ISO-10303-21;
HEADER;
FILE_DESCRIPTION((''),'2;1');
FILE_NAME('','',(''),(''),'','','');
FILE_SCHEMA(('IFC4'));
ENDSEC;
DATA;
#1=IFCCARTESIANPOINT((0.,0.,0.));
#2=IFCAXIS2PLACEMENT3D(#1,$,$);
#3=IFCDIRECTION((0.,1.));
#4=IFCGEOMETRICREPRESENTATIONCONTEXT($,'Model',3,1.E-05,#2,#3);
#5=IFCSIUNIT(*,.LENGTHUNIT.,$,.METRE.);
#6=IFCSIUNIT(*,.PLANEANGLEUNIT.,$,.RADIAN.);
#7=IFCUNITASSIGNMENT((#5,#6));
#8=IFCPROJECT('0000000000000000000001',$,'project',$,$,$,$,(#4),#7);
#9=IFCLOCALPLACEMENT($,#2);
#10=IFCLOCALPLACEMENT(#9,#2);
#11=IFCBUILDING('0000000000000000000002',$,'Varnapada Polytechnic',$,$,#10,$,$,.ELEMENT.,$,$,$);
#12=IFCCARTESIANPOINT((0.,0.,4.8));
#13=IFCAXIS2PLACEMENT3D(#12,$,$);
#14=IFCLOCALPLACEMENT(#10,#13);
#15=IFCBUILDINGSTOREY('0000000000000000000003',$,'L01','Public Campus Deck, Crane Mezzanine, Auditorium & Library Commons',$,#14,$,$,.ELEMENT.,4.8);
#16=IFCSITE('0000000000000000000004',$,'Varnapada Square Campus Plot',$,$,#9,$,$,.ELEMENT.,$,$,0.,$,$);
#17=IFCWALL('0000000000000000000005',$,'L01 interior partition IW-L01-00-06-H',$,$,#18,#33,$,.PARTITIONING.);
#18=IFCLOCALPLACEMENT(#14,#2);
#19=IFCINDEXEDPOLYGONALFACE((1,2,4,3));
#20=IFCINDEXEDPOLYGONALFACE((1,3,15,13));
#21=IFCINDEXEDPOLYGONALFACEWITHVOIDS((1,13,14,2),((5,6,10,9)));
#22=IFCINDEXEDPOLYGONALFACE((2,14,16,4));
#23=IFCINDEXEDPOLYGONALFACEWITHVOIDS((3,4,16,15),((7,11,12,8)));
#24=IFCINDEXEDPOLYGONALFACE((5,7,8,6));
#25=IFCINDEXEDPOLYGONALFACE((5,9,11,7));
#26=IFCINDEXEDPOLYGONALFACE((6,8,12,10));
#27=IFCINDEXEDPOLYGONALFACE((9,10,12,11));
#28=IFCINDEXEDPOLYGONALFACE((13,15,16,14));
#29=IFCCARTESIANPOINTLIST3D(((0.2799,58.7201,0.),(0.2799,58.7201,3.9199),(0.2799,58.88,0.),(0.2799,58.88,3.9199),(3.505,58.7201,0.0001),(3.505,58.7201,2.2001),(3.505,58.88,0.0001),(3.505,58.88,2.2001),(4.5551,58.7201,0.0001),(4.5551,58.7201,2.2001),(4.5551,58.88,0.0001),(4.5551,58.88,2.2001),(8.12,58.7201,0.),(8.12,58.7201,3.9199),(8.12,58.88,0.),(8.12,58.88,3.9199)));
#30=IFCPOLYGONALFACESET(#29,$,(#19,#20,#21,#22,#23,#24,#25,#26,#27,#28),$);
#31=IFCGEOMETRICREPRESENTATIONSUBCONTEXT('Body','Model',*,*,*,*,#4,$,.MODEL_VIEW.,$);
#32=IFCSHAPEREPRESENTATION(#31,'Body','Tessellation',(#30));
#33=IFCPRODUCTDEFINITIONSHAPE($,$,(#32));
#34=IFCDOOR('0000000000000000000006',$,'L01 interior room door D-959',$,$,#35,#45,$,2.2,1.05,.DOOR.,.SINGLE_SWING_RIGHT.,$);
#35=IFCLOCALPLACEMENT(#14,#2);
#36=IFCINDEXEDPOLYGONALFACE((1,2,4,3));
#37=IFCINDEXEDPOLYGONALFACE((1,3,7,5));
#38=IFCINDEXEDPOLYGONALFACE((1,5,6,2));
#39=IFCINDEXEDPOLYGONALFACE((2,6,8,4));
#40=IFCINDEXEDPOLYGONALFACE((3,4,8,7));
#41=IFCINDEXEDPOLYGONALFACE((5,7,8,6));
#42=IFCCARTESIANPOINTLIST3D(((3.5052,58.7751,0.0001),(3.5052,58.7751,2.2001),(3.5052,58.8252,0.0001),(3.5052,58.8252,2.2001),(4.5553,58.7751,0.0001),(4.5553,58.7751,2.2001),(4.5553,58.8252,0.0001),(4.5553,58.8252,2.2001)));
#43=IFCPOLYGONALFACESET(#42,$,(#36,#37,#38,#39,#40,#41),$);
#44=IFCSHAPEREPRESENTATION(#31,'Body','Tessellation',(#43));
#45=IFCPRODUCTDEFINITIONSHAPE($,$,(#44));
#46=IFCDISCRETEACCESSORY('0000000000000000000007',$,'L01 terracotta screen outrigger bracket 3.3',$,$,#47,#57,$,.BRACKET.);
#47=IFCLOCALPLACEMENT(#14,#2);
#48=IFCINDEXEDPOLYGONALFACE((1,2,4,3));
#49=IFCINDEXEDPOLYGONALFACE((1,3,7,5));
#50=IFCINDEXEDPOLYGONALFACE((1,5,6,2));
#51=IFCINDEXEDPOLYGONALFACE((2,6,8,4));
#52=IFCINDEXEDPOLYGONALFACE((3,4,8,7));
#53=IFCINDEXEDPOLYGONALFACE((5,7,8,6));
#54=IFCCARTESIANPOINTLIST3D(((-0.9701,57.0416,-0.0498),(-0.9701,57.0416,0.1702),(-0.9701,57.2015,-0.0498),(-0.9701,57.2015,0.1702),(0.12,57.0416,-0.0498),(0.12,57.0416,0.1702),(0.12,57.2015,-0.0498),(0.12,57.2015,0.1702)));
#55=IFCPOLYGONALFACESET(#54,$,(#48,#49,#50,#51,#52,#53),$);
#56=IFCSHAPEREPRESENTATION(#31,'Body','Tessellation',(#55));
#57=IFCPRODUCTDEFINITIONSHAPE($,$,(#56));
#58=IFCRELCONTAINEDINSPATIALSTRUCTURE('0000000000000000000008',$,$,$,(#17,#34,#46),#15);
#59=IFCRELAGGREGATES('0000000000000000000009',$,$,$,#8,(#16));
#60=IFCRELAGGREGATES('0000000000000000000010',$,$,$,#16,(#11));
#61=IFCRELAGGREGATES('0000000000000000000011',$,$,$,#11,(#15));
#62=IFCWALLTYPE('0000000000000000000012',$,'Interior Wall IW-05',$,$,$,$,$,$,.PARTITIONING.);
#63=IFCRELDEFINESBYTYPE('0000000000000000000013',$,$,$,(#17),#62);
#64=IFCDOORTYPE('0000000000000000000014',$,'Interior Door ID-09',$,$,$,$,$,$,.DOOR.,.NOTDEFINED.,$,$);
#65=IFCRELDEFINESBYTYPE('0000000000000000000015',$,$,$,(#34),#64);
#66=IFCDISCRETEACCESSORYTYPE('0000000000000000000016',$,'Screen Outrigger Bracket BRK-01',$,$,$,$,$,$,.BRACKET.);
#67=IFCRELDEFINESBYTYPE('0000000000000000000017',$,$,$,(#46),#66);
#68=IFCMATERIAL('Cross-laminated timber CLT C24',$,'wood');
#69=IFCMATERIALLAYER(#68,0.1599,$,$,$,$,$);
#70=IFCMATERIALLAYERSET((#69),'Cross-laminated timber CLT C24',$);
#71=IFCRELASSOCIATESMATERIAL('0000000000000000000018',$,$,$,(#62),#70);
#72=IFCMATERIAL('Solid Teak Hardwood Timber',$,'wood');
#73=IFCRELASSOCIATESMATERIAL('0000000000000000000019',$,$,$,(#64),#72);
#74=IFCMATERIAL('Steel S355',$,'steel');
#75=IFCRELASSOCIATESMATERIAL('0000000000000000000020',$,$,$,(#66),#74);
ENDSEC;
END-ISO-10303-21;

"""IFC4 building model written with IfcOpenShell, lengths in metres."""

from ifc_helpers import new_model, si_unit, direction, frame, frame_2d, origin, origin_2d, place, context, subcontext, project, spatial, rectangle, extrude, material, layer, layer_set, type_object, element, fill, save


model = new_model("IFC4")

# Units and contexts
model_context = context("Model", 3, precision=1e-05, world=origin(), true_north=direction((0.0, 1.0)))
body_context = subcontext(model_context, "Body", "Model", "MODEL_VIEW")
ifc_project = project(units=[si_unit("LENGTHUNIT", "METRE"), si_unit("PLANEANGLEUNIT", "RADIAN")], contexts=[model_context])

# Site, building, storey
site_placement = place(None, origin())
site = spatial("IfcSite", under=ifc_project, at=site_placement, Name="Varnapada Square Campus Plot", CompositionType="ELEMENT", RefElevation=0.0)
building_placement = place(site_placement, origin())
building = spatial("IfcBuilding", under=site, at=building_placement, Name="Varnapada Polytechnic", CompositionType="ELEMENT")
storey_placement = place(building_placement, frame((0.0, 0.0, 4.8)))
storey = spatial("IfcBuildingStorey", under=building, at=storey_placement, Name="L01", Description="Public Campus Deck, Crane Mezzanine, Auditorium & Library Commons", CompositionType="ELEMENT", Elevation=4.8)

# Shared definitions
ifc_material_1 = material(Name="Steel S355", Category="steel")

# Wall, opening, door
ifc_material_2 = material(Name="Cross-laminated timber CLT C24", Category="wood")
ifc_layer_1 = layer(ifc_material_2, 0.1599)
ifc_layer_set_1 = layer_set([ifc_layer_1], Name="Cross-laminated timber CLT C24")
wall_type = type_object("IfcWallType", Name="Interior Wall IW-05", PredefinedType="PARTITIONING", material=ifc_layer_set_1)
wall_placement = place(storey_placement, frame((0.28, 58.8, 0.0), z_axis=(0.0, 0.0, 1.0), x_axis=(1.0, 0.0, 0.0)))
wall = element("IfcWall", 1, at=wall_placement, inside=storey, type_object=wall_type, Name="L01 interior partition IW-L01-00-06-H", PredefinedType="PARTITIONING", context=body_context, shape_type="SweptSolid", body=[
    extrude(rectangle(XDim=7.8401, YDim=0.1599, at=frame_2d((3.9199, 0.0))), origin(), (0.0, 0.0, 1.0), 3.9199),
])
opening_placement = place(wall_placement, frame((3.2251, 0.0, 0.0)))
opening = element("IfcOpeningElement", 2, at=opening_placement, cuts=wall, PredefinedType="OPENING", context=body_context, shape_type="SweptSolid", body=[
    extrude(rectangle(XDim=1.05, YDim=2.2, at=frame_2d((0.5249, 1.1001))), frame((0.0, 0.0898, 0.0), z_axis=(0.0, -1.0, 0.0), x_axis=(1.0, 0.0, 0.0)), (0.0, 0.0, 1.0), 0.1799),
])
ifc_material_3 = material(Name="Solid Teak Hardwood Timber", Category="wood")
door_type = type_object("IfcDoorType", Name="Interior Door ID-09", OperationType="NOTDEFINED", PredefinedType="DOOR", material=ifc_material_3)
door_placement = place(opening_placement, frame((1.05, 0.0, 0.0), z_axis=(0.0, 0.0, 1.0), x_axis=(-1.0, 0.0, 0.0)))
door = element("IfcDoor", 3, at=door_placement, inside=storey, type_object=door_type, Name="L01 interior room door D-959", OperationType="SINGLE_SWING_RIGHT", OverallHeight=2.2, OverallWidth=1.05, PredefinedType="DOOR", context=body_context, shape_type="SweptSolid", body=[
    extrude(rectangle(XDim=1.05, YDim=2.2, at=frame_2d((0.5249, 1.1001))), frame((0.0, 0.0249, 0.0), z_axis=(0.0, -1.0, 0.0), x_axis=(1.0, 0.0, 0.0)), (0.0, 0.0, 1.0), 0.05),
])
fill(opening, door)

# Discrete accessory
discrete_accessory_type = type_object("IfcDiscreteAccessoryType", Name="Screen Outrigger Bracket BRK-01", PredefinedType="BRACKET", material=ifc_material_1)
discrete_accessory_placement = place(storey_placement, frame((-0.425, 57.1216, -0.0498), z_axis=(0.0, 0.0, 1.0), x_axis=(0.0, 1.0, 0.0)))
element("IfcDiscreteAccessory", 4, at=discrete_accessory_placement, inside=storey, type_object=discrete_accessory_type, Name="L01 terracotta screen outrigger bracket 3.3", PredefinedType="BRACKET", context=body_context, shape_type="SweptSolid", body=[
    extrude(rectangle(XDim=0.1599, YDim=1.0901, at=origin_2d()), origin(), (0.0, 0.0, 1.0), 0.22),
])

save(model, "model.ifc")
